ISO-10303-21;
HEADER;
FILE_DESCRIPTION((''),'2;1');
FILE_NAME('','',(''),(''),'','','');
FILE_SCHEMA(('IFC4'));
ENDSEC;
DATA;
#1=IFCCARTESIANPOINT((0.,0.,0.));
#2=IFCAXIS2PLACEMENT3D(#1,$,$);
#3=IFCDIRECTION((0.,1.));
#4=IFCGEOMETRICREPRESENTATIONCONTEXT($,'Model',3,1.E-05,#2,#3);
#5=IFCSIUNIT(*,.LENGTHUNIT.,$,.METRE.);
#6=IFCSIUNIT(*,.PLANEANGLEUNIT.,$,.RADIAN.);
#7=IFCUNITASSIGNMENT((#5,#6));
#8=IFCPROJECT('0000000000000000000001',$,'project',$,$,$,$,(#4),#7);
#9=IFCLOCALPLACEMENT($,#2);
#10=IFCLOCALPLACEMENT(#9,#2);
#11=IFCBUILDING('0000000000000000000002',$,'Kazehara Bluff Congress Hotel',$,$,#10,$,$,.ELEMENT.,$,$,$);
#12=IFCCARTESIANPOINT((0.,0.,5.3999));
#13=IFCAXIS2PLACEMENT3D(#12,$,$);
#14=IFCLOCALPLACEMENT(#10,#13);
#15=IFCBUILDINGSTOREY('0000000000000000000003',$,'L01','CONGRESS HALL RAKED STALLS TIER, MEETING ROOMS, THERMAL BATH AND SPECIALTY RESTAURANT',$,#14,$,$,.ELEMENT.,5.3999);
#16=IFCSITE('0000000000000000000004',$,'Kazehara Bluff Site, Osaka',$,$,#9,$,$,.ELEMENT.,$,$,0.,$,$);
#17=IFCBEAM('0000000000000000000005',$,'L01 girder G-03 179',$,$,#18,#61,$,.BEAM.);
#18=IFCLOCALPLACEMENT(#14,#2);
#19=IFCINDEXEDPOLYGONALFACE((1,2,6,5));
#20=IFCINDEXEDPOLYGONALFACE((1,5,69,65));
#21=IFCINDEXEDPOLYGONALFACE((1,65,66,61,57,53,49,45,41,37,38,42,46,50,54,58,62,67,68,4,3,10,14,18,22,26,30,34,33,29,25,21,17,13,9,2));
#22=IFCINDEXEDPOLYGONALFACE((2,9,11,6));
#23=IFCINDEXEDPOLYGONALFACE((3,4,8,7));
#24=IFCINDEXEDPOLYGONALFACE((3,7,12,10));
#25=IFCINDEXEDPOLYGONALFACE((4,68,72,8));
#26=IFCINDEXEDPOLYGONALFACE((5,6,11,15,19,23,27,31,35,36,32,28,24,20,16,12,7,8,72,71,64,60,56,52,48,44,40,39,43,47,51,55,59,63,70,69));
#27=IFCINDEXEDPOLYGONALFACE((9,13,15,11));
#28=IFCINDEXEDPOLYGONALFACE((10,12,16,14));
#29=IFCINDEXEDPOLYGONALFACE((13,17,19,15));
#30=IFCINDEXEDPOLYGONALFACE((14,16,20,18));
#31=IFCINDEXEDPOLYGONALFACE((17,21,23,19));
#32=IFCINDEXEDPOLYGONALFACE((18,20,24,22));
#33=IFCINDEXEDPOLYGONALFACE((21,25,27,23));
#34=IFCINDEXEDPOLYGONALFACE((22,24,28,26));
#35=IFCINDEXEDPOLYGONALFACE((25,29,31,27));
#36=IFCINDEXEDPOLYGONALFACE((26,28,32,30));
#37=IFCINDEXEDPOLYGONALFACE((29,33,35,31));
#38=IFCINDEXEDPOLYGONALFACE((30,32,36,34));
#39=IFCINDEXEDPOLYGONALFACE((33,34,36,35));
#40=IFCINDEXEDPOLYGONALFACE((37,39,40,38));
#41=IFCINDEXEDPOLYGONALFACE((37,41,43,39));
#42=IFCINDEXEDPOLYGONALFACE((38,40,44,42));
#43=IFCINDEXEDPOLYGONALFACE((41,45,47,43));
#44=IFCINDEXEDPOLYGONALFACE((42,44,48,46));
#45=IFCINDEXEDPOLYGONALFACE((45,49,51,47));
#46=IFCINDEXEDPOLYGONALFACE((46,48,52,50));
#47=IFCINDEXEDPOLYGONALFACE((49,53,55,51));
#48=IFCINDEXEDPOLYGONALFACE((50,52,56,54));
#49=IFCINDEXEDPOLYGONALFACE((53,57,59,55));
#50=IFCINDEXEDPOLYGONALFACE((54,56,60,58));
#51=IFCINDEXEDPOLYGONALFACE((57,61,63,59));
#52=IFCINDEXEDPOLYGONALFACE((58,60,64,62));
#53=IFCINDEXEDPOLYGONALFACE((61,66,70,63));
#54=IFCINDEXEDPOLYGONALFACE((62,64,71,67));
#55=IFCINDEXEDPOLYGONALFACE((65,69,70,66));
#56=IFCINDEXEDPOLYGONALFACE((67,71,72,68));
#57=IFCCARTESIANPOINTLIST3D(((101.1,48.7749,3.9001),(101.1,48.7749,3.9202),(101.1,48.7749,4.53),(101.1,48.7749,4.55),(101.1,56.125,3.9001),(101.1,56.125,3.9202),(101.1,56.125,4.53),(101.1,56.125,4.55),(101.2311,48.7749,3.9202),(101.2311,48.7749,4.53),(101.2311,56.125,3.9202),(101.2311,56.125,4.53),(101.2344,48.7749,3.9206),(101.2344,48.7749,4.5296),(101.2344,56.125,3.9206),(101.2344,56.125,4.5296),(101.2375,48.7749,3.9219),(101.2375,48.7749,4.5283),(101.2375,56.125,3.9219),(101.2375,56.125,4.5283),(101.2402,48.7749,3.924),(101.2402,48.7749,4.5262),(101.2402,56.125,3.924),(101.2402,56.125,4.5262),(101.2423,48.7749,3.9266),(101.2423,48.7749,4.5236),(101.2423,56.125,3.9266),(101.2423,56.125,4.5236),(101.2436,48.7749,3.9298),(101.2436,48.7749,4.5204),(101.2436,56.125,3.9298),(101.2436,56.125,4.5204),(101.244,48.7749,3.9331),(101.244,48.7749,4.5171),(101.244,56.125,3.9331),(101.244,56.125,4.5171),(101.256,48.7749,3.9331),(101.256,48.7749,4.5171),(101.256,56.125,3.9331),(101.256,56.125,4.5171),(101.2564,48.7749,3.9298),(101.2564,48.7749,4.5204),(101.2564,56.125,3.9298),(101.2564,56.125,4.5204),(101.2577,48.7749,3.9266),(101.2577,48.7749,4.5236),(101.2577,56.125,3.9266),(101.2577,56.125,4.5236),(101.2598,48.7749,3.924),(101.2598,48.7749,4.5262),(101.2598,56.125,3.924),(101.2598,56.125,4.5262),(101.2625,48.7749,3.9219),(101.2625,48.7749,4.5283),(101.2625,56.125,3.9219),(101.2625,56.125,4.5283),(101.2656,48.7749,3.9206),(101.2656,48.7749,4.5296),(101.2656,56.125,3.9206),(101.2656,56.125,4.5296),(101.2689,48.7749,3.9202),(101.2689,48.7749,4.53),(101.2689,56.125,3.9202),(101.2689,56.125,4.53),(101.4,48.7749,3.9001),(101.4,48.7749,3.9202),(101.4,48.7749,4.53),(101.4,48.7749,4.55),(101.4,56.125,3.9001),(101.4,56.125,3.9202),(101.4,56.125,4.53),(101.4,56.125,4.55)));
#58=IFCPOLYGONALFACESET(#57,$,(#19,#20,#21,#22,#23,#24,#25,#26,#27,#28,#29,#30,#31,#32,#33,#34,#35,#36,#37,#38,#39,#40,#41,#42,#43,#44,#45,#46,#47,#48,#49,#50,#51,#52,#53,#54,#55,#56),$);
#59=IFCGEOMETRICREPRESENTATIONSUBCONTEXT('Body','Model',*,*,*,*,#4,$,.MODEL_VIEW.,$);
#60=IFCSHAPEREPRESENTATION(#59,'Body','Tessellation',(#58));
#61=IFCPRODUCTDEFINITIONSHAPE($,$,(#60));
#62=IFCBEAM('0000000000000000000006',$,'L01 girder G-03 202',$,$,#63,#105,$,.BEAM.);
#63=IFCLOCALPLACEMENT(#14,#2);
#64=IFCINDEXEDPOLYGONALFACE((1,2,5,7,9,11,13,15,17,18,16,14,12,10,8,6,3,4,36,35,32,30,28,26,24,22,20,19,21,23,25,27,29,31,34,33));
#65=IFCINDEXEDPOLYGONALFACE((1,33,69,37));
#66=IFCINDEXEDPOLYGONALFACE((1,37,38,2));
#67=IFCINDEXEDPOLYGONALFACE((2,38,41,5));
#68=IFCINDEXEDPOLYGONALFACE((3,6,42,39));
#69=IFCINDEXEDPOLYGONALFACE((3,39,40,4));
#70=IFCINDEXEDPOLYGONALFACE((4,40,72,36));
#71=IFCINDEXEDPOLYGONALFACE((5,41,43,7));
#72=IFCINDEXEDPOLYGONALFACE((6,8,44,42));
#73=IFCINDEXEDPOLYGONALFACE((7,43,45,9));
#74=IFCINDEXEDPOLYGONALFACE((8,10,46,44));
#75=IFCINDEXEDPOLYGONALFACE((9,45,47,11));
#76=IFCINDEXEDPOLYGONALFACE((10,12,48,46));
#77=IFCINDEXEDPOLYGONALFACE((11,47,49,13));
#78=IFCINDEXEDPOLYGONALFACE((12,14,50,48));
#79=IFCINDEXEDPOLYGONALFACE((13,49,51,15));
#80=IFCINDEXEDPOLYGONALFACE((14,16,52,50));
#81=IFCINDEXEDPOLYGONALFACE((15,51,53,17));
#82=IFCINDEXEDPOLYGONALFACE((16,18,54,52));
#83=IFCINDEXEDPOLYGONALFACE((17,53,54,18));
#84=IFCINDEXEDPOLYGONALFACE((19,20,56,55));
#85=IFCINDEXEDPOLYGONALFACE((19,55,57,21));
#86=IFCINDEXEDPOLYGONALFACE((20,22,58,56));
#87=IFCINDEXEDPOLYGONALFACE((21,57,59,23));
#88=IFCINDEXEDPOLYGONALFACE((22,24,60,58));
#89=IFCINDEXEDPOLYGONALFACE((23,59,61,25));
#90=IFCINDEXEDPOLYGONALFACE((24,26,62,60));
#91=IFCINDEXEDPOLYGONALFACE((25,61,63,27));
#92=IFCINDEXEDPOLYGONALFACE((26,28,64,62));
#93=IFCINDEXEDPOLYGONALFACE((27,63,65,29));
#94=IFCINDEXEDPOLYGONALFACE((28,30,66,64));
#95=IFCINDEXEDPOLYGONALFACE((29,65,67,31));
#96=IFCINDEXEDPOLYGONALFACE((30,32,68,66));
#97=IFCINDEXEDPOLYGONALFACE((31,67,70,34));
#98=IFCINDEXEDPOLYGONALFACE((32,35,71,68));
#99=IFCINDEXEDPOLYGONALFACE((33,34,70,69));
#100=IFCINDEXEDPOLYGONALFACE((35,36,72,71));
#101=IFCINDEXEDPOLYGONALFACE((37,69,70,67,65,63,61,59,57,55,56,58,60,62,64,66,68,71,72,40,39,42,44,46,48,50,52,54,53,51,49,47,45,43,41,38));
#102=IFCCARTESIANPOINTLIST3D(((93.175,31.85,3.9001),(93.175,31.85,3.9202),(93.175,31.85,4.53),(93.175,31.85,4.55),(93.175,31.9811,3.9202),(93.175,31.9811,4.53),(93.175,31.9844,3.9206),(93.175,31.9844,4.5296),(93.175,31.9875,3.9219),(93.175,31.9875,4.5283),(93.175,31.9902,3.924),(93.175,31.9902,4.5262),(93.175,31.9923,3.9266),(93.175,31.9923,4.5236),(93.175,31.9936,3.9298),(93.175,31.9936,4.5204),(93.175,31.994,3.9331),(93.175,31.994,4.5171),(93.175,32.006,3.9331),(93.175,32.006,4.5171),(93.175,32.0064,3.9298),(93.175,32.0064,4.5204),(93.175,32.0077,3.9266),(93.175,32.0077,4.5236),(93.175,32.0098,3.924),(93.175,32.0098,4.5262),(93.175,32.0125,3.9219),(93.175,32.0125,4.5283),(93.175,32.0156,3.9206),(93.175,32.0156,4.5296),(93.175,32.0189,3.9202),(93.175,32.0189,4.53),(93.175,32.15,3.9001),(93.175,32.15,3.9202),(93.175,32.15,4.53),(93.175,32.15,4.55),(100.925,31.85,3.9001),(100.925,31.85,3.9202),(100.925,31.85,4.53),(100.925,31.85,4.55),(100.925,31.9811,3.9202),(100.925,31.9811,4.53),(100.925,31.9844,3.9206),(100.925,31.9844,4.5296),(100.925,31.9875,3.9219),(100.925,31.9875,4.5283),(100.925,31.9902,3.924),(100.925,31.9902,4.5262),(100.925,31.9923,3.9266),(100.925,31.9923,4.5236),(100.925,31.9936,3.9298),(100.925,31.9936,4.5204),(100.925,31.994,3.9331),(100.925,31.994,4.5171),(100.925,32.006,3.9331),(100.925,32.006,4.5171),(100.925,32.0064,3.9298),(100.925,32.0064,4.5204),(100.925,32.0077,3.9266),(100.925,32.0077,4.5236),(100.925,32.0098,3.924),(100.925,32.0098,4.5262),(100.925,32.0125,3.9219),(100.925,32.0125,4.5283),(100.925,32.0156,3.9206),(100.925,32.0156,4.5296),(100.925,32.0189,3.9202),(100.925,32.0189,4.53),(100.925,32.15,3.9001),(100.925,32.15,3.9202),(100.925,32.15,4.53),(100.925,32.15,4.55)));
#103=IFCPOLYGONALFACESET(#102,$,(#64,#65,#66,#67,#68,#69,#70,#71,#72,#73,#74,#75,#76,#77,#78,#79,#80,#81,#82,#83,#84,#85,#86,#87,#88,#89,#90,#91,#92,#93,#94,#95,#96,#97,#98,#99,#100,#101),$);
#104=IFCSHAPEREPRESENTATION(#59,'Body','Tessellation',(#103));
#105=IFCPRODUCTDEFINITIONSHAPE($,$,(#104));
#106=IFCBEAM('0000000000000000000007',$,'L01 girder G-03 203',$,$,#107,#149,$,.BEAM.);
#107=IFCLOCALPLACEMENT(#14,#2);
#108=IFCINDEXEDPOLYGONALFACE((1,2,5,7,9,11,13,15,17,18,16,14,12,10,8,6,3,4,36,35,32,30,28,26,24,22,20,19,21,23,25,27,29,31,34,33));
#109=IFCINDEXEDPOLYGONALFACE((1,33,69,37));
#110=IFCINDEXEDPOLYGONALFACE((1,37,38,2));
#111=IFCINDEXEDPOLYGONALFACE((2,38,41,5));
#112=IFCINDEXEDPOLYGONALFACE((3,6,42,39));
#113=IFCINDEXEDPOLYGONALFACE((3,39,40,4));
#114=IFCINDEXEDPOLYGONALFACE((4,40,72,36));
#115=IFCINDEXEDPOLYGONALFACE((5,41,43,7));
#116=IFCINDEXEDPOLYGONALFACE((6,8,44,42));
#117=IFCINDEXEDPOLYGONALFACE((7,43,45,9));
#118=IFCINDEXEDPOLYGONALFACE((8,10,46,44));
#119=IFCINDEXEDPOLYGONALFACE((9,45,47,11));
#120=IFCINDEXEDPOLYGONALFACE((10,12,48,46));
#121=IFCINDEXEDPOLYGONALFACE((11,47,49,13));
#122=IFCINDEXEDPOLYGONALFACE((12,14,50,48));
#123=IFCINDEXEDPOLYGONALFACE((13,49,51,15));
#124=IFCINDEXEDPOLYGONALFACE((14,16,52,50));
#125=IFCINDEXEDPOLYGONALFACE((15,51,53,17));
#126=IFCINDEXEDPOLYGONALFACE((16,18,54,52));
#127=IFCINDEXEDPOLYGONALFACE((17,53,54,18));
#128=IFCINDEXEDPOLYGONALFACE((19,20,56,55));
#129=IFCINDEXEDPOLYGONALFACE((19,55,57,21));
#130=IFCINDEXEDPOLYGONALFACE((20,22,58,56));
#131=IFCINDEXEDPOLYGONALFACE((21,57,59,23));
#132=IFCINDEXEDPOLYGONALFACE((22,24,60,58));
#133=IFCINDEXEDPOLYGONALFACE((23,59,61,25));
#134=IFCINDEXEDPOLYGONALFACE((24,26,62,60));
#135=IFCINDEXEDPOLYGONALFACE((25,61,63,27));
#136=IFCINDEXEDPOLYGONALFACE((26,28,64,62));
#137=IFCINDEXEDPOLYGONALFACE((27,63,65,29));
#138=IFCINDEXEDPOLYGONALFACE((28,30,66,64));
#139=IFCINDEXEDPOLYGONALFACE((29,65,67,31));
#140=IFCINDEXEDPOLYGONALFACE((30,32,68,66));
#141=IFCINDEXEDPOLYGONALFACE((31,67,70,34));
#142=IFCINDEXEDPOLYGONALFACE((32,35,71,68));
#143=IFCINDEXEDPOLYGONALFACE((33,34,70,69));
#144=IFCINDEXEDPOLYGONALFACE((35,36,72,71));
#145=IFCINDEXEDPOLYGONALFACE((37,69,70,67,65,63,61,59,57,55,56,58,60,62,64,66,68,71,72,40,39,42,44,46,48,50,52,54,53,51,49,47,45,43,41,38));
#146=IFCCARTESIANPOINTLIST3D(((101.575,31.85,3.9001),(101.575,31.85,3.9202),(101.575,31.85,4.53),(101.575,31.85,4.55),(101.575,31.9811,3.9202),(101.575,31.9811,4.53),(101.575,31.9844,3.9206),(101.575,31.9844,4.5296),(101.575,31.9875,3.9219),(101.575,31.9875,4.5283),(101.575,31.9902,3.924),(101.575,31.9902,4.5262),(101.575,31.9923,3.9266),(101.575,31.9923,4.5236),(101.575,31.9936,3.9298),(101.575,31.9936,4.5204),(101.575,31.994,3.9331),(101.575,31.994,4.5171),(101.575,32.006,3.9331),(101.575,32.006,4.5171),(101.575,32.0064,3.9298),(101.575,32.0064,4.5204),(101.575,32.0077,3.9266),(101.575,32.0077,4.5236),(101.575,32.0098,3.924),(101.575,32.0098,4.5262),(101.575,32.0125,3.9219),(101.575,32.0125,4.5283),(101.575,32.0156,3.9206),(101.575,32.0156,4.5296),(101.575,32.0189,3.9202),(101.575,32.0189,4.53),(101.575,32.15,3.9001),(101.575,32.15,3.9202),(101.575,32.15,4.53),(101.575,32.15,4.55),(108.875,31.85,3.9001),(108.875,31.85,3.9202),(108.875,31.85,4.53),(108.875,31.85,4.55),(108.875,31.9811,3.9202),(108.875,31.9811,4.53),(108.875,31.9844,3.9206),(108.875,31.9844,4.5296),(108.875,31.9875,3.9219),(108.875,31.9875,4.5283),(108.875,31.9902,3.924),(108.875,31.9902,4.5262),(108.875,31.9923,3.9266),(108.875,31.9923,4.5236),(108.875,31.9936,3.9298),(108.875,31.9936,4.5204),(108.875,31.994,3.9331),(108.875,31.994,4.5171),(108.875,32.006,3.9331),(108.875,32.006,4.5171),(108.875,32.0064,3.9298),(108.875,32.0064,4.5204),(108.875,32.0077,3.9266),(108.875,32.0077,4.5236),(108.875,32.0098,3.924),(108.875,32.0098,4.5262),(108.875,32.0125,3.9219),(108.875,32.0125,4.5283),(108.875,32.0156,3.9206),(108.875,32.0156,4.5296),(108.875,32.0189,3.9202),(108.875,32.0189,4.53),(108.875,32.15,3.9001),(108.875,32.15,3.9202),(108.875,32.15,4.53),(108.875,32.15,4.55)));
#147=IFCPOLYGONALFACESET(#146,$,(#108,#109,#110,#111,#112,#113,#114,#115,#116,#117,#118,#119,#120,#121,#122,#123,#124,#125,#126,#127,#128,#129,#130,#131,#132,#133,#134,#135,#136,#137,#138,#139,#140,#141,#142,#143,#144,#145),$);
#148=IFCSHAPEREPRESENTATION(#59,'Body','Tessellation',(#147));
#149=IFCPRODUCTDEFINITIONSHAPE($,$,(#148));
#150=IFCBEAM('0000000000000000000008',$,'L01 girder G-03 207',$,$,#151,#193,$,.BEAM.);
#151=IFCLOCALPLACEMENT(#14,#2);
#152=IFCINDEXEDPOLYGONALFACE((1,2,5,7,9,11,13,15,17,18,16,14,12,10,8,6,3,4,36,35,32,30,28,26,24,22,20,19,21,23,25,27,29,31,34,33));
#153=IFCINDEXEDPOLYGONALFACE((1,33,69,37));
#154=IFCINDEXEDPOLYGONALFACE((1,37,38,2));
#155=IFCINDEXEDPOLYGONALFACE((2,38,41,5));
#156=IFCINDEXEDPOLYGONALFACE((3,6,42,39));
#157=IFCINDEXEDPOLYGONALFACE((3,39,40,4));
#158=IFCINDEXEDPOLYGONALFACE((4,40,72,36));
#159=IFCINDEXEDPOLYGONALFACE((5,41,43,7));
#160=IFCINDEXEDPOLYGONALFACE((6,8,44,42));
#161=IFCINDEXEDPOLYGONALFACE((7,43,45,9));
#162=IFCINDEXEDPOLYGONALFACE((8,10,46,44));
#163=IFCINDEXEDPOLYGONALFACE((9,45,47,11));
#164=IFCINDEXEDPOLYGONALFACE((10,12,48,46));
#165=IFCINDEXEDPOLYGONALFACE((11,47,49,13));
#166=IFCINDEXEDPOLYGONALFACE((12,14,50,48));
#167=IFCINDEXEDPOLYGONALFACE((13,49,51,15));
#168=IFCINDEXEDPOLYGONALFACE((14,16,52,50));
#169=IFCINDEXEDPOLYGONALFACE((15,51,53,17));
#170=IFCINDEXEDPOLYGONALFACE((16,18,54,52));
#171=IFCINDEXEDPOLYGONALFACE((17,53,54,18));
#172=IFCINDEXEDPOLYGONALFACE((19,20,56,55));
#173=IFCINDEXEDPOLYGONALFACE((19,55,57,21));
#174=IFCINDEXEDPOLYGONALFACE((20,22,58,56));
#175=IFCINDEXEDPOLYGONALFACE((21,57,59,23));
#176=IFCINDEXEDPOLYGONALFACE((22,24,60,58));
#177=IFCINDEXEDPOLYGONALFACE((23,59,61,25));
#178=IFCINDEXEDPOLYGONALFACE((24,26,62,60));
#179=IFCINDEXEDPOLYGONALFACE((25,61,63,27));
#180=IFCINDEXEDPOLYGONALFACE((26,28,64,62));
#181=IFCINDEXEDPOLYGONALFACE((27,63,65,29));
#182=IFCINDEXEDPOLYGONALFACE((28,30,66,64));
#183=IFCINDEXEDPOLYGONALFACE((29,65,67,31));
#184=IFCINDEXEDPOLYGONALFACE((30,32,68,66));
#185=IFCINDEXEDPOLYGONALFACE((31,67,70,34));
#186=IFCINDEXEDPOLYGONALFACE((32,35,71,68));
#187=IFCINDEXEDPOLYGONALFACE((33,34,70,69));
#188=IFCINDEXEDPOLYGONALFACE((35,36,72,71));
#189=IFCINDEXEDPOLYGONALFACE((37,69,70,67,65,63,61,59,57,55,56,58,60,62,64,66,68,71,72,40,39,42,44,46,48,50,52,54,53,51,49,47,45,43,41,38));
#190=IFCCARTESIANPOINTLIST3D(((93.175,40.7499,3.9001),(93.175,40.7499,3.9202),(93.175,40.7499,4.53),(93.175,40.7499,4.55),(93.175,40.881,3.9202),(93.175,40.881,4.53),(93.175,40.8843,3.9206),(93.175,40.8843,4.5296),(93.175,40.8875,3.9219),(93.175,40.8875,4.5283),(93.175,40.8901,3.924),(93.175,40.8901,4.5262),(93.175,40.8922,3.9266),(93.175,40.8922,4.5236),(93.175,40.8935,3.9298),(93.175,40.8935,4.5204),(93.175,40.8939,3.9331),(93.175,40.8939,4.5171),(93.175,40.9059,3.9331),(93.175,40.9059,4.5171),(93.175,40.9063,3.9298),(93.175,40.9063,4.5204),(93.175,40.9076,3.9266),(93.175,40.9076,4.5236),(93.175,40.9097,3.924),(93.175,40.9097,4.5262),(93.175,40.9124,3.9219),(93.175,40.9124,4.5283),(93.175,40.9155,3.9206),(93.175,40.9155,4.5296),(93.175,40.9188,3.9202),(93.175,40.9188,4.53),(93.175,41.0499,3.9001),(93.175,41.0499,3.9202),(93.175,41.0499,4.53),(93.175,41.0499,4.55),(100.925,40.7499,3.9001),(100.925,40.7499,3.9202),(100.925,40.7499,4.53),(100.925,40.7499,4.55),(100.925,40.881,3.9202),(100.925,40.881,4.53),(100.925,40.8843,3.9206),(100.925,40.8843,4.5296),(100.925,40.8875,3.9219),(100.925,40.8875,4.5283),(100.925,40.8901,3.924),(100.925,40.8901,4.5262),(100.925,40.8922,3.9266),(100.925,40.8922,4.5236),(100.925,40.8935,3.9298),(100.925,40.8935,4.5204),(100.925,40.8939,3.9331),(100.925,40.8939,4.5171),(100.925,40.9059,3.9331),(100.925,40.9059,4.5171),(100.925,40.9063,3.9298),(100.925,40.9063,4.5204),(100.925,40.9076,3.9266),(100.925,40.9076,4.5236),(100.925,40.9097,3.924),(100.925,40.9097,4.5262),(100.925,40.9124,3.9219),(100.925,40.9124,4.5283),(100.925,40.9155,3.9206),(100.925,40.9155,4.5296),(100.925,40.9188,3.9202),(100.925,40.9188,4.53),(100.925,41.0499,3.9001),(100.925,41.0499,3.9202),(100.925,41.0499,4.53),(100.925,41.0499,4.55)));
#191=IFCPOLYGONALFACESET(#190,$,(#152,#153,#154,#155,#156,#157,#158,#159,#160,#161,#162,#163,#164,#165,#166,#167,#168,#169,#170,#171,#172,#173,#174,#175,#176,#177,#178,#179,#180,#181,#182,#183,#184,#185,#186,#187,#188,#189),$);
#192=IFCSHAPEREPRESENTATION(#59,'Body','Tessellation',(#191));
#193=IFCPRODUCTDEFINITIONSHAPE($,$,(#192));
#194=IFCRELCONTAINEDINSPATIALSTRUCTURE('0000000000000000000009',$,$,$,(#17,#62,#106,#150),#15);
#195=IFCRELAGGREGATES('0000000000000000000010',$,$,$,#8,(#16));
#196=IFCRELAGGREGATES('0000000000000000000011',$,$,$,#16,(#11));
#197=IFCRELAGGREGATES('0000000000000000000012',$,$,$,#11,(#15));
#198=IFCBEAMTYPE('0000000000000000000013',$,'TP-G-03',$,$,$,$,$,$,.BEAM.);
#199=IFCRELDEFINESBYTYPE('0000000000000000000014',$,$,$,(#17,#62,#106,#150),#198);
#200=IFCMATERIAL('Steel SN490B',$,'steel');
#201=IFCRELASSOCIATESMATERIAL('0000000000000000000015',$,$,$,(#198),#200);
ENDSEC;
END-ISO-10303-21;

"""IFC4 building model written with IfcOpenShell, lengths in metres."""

from ifc_helpers import new_model, si_unit, direction, frame, origin, origin_2d, place, context, subcontext, project, spatial, i_section, extrude, material, material_profile, profile_set, type_object, element, save


model = new_model("IFC4")

# Units and contexts
model_context = context("Model", 3, precision=1e-05, world=origin(), true_north=direction((0.0, 1.0)))
body_context = subcontext(model_context, "Body", "Model", "MODEL_VIEW")
ifc_project = project(units=[si_unit("LENGTHUNIT", "METRE"), si_unit("PLANEANGLEUNIT", "RADIAN")], contexts=[model_context])

# Site, building, storey
site_placement = place(None, origin())
site = spatial("IfcSite", under=ifc_project, at=site_placement, Name="Kazehara Bluff Site, Osaka", CompositionType="ELEMENT", RefElevation=0.0)
building_placement = place(site_placement, origin())
building = spatial("IfcBuilding", under=site, at=building_placement, Name="Kazehara Bluff Congress Hotel", CompositionType="ELEMENT")
storey_placement = place(building_placement, frame((0.0, 0.0, 5.3999)))
storey = spatial("IfcBuildingStorey", under=building, at=storey_placement, Name="L01", Description="CONGRESS HALL RAKED STALLS TIER, MEETING ROOMS, THERMAL BATH AND SPECIALTY RESTAURANT", CompositionType="ELEMENT", Elevation=5.3999)

# Beams
ifc_material_1 = material(Name="Steel SN490B", Category="steel")
ifc_material_profile_1 = material_profile(ifc_material_1, i_section(OverallWidth=0.3, OverallDepth=0.6499, WebThickness=0.012, FlangeThickness=0.02, FilletRadius=0.0129, at=origin_2d()))
ifc_profile_set_1 = profile_set([ifc_material_profile_1], Name="Steel SN490B")
beam_type_1 = type_object("IfcBeamType", Name="TP-G-03", PredefinedType="BEAM", material=ifc_profile_set_1)
beam_1_placement = place(storey_placement, frame((101.25, 48.7749, 4.2251), z_axis=(0.0, 1.0, 0.0), x_axis=(-1.0, 0.0, 0.0)))
element("IfcBeam", 1, at=beam_1_placement, inside=storey, type_object=beam_type_1, Name="L01 girder G-03 179", PredefinedType="BEAM", context=body_context, shape_type="SweptSolid", body=[
    extrude(i_section(OverallWidth=0.3, OverallDepth=0.6499, WebThickness=0.012, FlangeThickness=0.02, FilletRadius=0.0129, at=origin_2d()), origin(), (0.0, 0.0, 1.0), 7.3501),
])
beam_2_placement = place(storey_placement, frame((93.175, 32.0, 4.2251), z_axis=(1.0, 0.0, 0.0), x_axis=(0.0, 1.0, 0.0)))
element("IfcBeam", 2, at=beam_2_placement, inside=storey, type_object=beam_type_1, Name="L01 girder G-03 202", PredefinedType="BEAM", context=body_context, shape_type="SweptSolid", body=[
    extrude(i_section(OverallWidth=0.3, OverallDepth=0.6499, WebThickness=0.012, FlangeThickness=0.02, FilletRadius=0.0129, at=origin_2d()), origin(), (0.0, 0.0, 1.0), 7.75),
])
beam_3_placement = place(storey_placement, frame((101.575, 32.0, 4.2251), z_axis=(1.0, 0.0, 0.0), x_axis=(0.0, 1.0, 0.0)))
element("IfcBeam", 3, at=beam_3_placement, inside=storey, type_object=beam_type_1, Name="L01 girder G-03 203", PredefinedType="BEAM", context=body_context, shape_type="SweptSolid", body=[
    extrude(i_section(OverallWidth=0.3, OverallDepth=0.6499, WebThickness=0.012, FlangeThickness=0.02, FilletRadius=0.0129, at=origin_2d()), origin(), (0.0, 0.0, 1.0), 7.3),
])
beam_4_placement = place(storey_placement, frame((93.175, 40.8999, 4.2251), z_axis=(1.0, 0.0, 0.0), x_axis=(0.0, 1.0, 0.0)))
element("IfcBeam", 4, at=beam_4_placement, inside=storey, type_object=beam_type_1, Name="L01 girder G-03 207", PredefinedType="BEAM", context=body_context, shape_type="SweptSolid", body=[
    extrude(i_section(OverallWidth=0.3, OverallDepth=0.6499, WebThickness=0.012, FlangeThickness=0.02, FilletRadius=0.0129, at=origin_2d()), origin(), (0.0, 0.0, 1.0), 7.75),
])

save(model, "model.ifc")
